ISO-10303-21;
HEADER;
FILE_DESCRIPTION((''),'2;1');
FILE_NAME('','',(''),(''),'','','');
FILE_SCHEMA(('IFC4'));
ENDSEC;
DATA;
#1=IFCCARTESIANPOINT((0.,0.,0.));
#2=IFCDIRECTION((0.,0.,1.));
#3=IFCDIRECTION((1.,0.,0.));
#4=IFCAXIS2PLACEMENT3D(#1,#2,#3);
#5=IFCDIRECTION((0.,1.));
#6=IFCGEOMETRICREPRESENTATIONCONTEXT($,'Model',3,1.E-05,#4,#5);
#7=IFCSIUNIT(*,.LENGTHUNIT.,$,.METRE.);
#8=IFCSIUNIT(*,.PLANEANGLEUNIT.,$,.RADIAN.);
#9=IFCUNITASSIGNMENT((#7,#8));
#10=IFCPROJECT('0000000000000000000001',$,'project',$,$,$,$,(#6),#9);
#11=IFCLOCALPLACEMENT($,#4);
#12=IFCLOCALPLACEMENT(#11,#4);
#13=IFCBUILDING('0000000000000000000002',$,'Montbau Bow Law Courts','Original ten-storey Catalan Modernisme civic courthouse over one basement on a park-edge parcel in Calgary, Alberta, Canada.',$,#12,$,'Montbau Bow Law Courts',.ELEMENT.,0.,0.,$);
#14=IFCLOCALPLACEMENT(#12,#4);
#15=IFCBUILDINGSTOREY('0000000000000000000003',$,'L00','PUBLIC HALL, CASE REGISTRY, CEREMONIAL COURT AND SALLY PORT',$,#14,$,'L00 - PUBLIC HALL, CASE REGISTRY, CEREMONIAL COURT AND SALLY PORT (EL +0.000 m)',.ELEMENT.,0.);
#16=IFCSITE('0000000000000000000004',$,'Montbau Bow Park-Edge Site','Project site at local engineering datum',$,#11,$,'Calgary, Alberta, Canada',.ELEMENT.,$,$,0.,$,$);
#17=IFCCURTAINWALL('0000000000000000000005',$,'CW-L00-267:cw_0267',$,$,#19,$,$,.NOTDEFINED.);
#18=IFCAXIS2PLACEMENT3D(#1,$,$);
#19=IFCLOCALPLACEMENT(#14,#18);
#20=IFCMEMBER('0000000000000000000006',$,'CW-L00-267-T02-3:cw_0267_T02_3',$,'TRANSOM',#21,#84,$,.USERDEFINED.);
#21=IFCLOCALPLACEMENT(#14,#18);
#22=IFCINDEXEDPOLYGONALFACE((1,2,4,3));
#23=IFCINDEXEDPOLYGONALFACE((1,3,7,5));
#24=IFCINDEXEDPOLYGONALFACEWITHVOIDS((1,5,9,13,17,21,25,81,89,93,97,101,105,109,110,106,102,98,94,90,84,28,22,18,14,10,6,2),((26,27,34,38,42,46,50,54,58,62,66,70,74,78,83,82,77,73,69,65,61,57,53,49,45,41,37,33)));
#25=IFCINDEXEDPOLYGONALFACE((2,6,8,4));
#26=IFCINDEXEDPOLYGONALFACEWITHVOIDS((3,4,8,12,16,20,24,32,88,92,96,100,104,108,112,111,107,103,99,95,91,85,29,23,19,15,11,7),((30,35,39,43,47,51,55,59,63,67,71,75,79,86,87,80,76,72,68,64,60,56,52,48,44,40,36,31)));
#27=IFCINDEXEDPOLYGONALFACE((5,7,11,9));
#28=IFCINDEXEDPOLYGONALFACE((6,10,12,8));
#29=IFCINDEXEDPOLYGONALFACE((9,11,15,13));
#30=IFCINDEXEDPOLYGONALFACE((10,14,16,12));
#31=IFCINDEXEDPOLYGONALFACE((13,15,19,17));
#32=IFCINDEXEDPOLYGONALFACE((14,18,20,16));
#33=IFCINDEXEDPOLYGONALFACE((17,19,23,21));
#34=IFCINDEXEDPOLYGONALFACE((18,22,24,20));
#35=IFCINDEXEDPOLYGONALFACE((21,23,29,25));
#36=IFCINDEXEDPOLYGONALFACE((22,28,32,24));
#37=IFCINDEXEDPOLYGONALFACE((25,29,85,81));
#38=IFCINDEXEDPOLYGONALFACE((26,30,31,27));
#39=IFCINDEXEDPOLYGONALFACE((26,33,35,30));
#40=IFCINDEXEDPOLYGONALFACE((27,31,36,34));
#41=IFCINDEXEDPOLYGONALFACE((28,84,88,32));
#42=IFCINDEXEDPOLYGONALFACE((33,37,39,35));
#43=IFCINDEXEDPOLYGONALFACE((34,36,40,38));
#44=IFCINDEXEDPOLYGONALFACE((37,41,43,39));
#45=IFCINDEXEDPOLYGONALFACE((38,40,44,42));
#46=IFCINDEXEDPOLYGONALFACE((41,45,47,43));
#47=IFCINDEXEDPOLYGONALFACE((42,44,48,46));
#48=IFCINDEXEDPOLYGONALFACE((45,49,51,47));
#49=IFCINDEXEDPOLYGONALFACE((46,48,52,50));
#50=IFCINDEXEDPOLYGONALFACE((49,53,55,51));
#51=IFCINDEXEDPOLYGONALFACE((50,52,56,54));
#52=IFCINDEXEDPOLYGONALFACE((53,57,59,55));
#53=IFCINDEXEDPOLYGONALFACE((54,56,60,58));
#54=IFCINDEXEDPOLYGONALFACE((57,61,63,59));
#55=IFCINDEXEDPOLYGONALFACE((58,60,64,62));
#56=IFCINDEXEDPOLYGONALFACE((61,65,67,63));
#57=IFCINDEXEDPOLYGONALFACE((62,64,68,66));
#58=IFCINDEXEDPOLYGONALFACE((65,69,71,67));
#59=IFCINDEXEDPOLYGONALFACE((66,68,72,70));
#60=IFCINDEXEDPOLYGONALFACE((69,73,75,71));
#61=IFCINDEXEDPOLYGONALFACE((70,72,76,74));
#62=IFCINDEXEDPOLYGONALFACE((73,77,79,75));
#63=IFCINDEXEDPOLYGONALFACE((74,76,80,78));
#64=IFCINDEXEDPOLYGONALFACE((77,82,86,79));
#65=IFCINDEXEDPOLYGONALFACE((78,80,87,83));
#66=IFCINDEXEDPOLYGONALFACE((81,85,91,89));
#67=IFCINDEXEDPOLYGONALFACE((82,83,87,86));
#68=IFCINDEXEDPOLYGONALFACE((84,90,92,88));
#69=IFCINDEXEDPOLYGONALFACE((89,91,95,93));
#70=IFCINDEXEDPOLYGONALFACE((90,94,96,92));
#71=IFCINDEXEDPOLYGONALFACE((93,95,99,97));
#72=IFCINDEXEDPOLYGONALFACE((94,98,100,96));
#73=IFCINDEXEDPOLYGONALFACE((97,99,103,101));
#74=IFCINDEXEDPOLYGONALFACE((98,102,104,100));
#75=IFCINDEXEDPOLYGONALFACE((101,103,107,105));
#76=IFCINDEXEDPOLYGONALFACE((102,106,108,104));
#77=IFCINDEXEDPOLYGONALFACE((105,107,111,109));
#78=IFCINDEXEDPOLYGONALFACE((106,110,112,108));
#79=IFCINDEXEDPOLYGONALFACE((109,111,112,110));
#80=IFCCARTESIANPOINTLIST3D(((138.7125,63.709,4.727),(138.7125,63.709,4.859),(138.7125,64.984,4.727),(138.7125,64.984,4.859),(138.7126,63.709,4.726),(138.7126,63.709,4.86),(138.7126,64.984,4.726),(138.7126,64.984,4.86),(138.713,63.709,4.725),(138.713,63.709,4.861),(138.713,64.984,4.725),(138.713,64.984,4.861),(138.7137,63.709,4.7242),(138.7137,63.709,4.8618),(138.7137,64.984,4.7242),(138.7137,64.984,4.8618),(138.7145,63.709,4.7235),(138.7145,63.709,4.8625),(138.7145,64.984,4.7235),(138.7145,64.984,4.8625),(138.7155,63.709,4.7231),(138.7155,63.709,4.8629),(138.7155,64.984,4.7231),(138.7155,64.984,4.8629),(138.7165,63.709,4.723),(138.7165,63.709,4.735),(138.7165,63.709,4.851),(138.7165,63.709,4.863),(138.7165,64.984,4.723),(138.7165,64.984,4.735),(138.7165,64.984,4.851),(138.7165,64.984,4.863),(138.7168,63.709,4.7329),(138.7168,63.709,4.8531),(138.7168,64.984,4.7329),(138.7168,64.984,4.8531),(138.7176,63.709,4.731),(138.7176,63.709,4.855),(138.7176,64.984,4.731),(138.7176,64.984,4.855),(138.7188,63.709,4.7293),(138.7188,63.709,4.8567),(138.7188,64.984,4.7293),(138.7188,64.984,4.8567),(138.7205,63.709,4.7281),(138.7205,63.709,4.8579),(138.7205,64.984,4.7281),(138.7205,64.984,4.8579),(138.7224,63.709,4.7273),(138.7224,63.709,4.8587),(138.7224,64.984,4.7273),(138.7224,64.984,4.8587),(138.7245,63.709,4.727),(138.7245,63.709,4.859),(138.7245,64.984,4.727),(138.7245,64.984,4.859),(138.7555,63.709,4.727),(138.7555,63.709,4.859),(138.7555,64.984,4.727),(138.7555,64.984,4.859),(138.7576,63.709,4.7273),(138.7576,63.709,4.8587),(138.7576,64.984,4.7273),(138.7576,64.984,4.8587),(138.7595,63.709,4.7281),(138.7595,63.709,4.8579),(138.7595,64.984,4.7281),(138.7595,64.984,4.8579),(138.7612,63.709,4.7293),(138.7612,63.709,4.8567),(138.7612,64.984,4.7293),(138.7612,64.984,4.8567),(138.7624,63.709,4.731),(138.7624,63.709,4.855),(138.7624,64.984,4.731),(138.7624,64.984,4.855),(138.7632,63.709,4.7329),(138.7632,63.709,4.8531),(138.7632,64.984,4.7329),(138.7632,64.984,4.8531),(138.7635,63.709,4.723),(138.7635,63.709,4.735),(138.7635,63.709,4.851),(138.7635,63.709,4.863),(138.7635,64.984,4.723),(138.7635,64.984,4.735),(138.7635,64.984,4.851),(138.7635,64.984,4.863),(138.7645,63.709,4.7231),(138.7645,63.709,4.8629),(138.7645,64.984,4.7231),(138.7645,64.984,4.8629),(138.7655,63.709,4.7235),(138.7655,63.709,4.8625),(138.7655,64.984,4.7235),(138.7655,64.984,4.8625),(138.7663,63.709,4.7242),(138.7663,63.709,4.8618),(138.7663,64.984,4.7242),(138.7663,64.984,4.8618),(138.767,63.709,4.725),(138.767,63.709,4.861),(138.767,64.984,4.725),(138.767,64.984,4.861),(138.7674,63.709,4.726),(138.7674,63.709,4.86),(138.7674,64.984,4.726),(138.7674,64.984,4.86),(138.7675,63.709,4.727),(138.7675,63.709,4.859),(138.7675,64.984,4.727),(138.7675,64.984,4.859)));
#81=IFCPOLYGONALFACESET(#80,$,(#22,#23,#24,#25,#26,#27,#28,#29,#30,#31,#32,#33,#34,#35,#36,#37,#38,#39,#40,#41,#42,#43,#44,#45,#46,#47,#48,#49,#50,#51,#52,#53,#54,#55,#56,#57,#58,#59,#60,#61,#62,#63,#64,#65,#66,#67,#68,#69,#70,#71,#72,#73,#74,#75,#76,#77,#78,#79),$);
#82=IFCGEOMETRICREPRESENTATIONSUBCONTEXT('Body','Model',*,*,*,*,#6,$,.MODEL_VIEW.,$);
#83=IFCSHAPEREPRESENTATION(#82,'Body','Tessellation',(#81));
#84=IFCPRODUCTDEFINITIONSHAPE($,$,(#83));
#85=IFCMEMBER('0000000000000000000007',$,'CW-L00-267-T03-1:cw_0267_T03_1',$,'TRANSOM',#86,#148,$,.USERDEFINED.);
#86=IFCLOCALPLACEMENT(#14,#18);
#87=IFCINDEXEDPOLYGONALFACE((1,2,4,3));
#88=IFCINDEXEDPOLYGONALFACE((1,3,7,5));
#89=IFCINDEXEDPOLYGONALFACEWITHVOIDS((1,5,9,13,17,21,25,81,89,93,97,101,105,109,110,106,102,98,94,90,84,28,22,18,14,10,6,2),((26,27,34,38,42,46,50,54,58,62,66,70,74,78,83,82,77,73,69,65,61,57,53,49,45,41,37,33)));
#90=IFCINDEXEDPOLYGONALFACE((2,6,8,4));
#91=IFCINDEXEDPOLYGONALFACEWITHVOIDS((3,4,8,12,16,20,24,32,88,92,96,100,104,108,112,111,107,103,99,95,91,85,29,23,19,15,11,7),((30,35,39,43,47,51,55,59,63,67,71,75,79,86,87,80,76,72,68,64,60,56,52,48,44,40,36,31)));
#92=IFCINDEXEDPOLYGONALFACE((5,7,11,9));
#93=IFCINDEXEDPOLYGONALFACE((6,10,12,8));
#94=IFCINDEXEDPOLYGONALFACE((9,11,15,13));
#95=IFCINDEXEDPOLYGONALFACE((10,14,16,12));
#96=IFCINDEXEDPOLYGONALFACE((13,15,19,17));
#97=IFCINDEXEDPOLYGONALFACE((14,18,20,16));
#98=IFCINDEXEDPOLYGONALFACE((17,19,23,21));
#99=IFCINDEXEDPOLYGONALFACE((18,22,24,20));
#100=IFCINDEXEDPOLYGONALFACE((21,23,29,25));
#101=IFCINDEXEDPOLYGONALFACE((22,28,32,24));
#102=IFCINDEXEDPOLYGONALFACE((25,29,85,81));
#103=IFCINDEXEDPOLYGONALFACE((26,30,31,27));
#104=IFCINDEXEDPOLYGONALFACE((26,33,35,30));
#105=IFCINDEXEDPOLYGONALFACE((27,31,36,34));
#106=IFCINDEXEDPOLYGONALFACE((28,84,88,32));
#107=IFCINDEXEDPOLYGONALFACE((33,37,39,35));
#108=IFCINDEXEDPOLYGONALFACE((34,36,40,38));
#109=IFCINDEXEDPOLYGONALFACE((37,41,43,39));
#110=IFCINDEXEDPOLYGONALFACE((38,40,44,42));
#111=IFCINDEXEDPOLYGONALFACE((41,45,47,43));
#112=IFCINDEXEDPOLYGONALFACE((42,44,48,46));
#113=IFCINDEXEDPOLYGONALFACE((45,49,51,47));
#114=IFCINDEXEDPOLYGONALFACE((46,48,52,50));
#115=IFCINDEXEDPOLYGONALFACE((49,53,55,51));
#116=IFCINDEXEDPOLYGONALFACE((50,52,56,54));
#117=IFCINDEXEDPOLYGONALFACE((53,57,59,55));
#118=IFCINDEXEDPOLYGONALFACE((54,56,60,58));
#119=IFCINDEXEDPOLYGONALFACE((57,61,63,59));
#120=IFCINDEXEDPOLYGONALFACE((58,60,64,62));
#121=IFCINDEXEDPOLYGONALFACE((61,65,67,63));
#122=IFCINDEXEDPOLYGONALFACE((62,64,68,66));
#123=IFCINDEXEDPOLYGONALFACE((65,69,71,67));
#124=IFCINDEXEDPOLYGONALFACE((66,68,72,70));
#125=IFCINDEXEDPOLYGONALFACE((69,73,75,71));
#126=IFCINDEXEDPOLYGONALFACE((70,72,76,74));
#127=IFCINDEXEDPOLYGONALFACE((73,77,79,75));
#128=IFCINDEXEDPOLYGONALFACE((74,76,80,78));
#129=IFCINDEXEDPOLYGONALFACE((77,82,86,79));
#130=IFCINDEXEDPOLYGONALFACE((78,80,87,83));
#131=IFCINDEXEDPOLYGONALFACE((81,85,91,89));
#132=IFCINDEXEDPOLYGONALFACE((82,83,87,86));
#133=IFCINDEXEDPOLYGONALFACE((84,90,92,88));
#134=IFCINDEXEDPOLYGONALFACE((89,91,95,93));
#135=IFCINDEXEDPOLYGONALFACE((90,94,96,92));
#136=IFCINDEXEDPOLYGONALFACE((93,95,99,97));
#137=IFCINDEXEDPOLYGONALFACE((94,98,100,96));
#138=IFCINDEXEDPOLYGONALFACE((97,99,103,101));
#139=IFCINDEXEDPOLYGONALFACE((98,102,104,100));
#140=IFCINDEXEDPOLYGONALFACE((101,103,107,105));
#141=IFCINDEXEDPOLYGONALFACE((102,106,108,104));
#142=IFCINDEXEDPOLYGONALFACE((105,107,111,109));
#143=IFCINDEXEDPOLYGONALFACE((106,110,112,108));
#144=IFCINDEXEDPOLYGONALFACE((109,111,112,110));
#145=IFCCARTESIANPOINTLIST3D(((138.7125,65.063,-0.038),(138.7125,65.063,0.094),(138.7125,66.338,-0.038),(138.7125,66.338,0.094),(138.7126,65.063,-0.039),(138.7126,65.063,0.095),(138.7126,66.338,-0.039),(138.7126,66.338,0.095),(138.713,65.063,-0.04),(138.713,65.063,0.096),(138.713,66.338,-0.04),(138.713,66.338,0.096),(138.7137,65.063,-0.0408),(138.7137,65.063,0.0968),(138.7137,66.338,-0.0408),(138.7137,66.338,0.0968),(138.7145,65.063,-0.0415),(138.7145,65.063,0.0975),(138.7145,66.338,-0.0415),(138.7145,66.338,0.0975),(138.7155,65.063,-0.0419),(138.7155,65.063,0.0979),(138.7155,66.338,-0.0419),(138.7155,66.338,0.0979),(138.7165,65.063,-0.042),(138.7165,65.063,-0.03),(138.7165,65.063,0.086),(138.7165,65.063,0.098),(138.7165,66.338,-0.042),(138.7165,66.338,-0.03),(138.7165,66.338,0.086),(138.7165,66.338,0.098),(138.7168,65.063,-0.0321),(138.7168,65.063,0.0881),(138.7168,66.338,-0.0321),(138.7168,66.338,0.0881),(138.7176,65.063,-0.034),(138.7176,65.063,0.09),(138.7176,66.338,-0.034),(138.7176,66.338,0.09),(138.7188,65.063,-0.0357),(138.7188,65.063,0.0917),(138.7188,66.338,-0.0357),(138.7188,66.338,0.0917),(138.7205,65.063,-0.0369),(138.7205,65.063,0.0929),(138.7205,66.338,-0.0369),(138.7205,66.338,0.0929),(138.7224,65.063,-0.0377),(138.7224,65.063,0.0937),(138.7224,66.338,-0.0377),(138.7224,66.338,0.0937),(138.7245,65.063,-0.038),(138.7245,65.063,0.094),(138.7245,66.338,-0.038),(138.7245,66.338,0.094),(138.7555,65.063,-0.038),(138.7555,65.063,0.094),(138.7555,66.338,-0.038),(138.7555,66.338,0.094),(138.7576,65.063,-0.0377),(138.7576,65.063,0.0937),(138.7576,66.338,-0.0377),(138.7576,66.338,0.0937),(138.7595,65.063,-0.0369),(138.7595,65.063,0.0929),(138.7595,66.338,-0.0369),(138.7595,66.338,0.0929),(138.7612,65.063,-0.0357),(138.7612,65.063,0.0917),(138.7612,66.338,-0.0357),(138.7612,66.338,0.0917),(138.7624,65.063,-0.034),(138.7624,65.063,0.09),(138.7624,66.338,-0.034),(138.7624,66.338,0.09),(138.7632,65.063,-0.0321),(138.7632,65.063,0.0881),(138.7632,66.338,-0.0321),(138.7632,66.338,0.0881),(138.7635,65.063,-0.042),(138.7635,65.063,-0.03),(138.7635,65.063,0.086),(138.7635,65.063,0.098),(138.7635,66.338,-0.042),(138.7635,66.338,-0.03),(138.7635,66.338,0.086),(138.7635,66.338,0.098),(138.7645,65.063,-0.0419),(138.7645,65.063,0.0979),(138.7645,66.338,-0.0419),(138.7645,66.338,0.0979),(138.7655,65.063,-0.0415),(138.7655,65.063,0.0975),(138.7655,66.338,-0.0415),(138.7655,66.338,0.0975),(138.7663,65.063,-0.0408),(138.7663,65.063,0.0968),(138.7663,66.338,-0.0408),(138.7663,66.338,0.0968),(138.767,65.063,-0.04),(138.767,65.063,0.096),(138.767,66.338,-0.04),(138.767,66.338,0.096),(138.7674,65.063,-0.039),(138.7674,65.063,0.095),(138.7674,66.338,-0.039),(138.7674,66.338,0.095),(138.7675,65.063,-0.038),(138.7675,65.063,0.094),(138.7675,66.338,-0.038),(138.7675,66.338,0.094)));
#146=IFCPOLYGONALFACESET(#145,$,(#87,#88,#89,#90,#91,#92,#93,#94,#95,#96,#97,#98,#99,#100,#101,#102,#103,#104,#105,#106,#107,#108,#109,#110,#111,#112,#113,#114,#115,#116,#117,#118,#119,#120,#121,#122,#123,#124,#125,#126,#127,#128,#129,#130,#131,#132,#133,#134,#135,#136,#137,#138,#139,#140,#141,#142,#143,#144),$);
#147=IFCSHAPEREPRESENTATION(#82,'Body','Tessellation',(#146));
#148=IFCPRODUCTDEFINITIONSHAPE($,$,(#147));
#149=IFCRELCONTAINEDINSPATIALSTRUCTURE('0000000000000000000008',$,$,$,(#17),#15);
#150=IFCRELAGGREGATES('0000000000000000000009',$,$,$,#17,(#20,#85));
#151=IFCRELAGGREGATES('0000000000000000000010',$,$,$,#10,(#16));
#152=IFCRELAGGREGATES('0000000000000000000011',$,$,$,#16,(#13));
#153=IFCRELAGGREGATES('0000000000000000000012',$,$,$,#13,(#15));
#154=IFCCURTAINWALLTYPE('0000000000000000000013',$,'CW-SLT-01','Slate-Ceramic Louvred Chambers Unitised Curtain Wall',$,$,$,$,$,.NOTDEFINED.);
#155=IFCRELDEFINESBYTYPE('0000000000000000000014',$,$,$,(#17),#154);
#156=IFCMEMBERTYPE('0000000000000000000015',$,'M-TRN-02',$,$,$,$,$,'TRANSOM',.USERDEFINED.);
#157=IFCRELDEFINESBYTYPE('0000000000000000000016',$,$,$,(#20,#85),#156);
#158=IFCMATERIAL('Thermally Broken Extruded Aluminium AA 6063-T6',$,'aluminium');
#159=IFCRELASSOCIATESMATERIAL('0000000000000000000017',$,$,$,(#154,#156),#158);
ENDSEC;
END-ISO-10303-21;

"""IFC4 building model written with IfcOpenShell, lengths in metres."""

from ifc_helpers import new_model, si_unit, direction, frame, origin_with_axes, origin_2d_with_axis, place, context, subcontext, project, spatial, hollow_rectangle, extrude, material, material_profile, profile_set, type_object, element, aggregate, save


model = new_model("IFC4")

# Units and contexts
model_context = context("Model", 3, precision=1e-05, world=origin_with_axes(), true_north=direction((0.0, 1.0)))
body_context = subcontext(model_context, "Body", "Model", "MODEL_VIEW")
ifc_project = project(units=[si_unit("LENGTHUNIT", "METRE"), si_unit("PLANEANGLEUNIT", "RADIAN")], contexts=[model_context])

# Site, building, storey
site_placement = place(None, origin_with_axes())
site = spatial("IfcSite", under=ifc_project, at=site_placement, Name="Montbau Bow Park-Edge Site", Description="Project site at local engineering datum", LongName="Calgary, Alberta, Canada", CompositionType="ELEMENT", RefElevation=0.0)
building_placement = place(site_placement, origin_with_axes())
building = spatial("IfcBuilding", under=site, at=building_placement, Name="Montbau Bow Law Courts", Description="Original ten-storey Catalan Modernisme civic courthouse over one basement on a park-edge parcel in Calgary, Alberta, Canada.", LongName="Montbau Bow Law Courts", CompositionType="ELEMENT", ElevationOfRefHeight=0.0, ElevationOfTerrain=0.0)
storey_placement = place(building_placement, origin_with_axes())
storey = spatial("IfcBuildingStorey", under=building, at=storey_placement, Name="L00", Description="PUBLIC HALL, CASE REGISTRY, CEREMONIAL COURT AND SALLY PORT", LongName="L00 - PUBLIC HALL, CASE REGISTRY, CEREMONIAL COURT AND SALLY PORT (EL +0.000 m)", CompositionType="ELEMENT", Elevation=0.0)

# Curtain wall
ifc_material_1 = material(Name="Thermally Broken Extruded Aluminium AA 6063-T6", Category="aluminium")
curtain_wall_type = type_object("IfcCurtainWallType", Name="CW-SLT-01", Description="Slate-Ceramic Louvred Chambers Unitised Curtain Wall", PredefinedType="NOTDEFINED", material=ifc_material_1)
curtain_wall_1_placement = place(None, frame((138.74, 62.315, 0.0), z_axis=(0.0, 0.0, 1.0), x_axis=(1.0, 0.0, 0.0)))
curtain_wall_1 = element("IfcCurtainWall", 1, at=curtain_wall_1_placement, inside=storey, type_object=curtain_wall_type, Name="CW-L00-267:cw_0267", PredefinedType="NOTDEFINED")

# Members
ifc_material_profile_1 = material_profile(ifc_material_1, hollow_rectangle(XDim=0.055, YDim=0.14, WallThickness=0.004, InnerFilletRadius=0.008, OuterFilletRadius=0.004, at=origin_2d_with_axis()), Name="CWT-140X55", Category="Main", Priority=0)
ifc_profile_set_1 = profile_set([ifc_material_profile_1], Name="Thermally Broken Extruded Aluminium AA 6063-T6")
member_type_1 = type_object("IfcMemberType", Name="M-TRN-02", ElementType="TRANSOM", PredefinedType="USERDEFINED", material=ifc_profile_set_1)
member_1_placement = place(None, frame((138.74, 63.709, 4.793), z_axis=(0.0, 1.0, 0.0), x_axis=(-1.0, 0.0, 0.0)))
member_1 = element("IfcMember", 2, at=member_1_placement, type_object=member_type_1, Name="CW-L00-267-T02-3:cw_0267_T02_3", ObjectType="TRANSOM", PredefinedType="USERDEFINED", context=body_context, shape_type="SweptSolid", body=[
    extrude(hollow_rectangle(XDim=0.055, YDim=0.14, WallThickness=0.004, InnerFilletRadius=0.008, OuterFilletRadius=0.004, at=origin_2d_with_axis()), origin_with_axes(), (0.0, 0.0, 1.0), 1.275),
])
member_2_placement = place(None, frame((138.74, 65.063, 0.028), z_axis=(0.0, 1.0, 0.0), x_axis=(-1.0, 0.0, 0.0)))
member_2 = element("IfcMember", 3, at=member_2_placement, type_object=member_type_1, Name="CW-L00-267-T03-1:cw_0267_T03_1", ObjectType="TRANSOM", PredefinedType="USERDEFINED", context=body_context, shape_type="SweptSolid", body=[
    extrude(hollow_rectangle(XDim=0.055, YDim=0.14, WallThickness=0.004, InnerFilletRadius=0.008, OuterFilletRadius=0.004, at=origin_2d_with_axis()), origin_with_axes(), (0.0, 0.0, 1.0), 1.275),
])

aggregate(curtain_wall_1, [member_1, member_2])

save(model, "model.ifc")
